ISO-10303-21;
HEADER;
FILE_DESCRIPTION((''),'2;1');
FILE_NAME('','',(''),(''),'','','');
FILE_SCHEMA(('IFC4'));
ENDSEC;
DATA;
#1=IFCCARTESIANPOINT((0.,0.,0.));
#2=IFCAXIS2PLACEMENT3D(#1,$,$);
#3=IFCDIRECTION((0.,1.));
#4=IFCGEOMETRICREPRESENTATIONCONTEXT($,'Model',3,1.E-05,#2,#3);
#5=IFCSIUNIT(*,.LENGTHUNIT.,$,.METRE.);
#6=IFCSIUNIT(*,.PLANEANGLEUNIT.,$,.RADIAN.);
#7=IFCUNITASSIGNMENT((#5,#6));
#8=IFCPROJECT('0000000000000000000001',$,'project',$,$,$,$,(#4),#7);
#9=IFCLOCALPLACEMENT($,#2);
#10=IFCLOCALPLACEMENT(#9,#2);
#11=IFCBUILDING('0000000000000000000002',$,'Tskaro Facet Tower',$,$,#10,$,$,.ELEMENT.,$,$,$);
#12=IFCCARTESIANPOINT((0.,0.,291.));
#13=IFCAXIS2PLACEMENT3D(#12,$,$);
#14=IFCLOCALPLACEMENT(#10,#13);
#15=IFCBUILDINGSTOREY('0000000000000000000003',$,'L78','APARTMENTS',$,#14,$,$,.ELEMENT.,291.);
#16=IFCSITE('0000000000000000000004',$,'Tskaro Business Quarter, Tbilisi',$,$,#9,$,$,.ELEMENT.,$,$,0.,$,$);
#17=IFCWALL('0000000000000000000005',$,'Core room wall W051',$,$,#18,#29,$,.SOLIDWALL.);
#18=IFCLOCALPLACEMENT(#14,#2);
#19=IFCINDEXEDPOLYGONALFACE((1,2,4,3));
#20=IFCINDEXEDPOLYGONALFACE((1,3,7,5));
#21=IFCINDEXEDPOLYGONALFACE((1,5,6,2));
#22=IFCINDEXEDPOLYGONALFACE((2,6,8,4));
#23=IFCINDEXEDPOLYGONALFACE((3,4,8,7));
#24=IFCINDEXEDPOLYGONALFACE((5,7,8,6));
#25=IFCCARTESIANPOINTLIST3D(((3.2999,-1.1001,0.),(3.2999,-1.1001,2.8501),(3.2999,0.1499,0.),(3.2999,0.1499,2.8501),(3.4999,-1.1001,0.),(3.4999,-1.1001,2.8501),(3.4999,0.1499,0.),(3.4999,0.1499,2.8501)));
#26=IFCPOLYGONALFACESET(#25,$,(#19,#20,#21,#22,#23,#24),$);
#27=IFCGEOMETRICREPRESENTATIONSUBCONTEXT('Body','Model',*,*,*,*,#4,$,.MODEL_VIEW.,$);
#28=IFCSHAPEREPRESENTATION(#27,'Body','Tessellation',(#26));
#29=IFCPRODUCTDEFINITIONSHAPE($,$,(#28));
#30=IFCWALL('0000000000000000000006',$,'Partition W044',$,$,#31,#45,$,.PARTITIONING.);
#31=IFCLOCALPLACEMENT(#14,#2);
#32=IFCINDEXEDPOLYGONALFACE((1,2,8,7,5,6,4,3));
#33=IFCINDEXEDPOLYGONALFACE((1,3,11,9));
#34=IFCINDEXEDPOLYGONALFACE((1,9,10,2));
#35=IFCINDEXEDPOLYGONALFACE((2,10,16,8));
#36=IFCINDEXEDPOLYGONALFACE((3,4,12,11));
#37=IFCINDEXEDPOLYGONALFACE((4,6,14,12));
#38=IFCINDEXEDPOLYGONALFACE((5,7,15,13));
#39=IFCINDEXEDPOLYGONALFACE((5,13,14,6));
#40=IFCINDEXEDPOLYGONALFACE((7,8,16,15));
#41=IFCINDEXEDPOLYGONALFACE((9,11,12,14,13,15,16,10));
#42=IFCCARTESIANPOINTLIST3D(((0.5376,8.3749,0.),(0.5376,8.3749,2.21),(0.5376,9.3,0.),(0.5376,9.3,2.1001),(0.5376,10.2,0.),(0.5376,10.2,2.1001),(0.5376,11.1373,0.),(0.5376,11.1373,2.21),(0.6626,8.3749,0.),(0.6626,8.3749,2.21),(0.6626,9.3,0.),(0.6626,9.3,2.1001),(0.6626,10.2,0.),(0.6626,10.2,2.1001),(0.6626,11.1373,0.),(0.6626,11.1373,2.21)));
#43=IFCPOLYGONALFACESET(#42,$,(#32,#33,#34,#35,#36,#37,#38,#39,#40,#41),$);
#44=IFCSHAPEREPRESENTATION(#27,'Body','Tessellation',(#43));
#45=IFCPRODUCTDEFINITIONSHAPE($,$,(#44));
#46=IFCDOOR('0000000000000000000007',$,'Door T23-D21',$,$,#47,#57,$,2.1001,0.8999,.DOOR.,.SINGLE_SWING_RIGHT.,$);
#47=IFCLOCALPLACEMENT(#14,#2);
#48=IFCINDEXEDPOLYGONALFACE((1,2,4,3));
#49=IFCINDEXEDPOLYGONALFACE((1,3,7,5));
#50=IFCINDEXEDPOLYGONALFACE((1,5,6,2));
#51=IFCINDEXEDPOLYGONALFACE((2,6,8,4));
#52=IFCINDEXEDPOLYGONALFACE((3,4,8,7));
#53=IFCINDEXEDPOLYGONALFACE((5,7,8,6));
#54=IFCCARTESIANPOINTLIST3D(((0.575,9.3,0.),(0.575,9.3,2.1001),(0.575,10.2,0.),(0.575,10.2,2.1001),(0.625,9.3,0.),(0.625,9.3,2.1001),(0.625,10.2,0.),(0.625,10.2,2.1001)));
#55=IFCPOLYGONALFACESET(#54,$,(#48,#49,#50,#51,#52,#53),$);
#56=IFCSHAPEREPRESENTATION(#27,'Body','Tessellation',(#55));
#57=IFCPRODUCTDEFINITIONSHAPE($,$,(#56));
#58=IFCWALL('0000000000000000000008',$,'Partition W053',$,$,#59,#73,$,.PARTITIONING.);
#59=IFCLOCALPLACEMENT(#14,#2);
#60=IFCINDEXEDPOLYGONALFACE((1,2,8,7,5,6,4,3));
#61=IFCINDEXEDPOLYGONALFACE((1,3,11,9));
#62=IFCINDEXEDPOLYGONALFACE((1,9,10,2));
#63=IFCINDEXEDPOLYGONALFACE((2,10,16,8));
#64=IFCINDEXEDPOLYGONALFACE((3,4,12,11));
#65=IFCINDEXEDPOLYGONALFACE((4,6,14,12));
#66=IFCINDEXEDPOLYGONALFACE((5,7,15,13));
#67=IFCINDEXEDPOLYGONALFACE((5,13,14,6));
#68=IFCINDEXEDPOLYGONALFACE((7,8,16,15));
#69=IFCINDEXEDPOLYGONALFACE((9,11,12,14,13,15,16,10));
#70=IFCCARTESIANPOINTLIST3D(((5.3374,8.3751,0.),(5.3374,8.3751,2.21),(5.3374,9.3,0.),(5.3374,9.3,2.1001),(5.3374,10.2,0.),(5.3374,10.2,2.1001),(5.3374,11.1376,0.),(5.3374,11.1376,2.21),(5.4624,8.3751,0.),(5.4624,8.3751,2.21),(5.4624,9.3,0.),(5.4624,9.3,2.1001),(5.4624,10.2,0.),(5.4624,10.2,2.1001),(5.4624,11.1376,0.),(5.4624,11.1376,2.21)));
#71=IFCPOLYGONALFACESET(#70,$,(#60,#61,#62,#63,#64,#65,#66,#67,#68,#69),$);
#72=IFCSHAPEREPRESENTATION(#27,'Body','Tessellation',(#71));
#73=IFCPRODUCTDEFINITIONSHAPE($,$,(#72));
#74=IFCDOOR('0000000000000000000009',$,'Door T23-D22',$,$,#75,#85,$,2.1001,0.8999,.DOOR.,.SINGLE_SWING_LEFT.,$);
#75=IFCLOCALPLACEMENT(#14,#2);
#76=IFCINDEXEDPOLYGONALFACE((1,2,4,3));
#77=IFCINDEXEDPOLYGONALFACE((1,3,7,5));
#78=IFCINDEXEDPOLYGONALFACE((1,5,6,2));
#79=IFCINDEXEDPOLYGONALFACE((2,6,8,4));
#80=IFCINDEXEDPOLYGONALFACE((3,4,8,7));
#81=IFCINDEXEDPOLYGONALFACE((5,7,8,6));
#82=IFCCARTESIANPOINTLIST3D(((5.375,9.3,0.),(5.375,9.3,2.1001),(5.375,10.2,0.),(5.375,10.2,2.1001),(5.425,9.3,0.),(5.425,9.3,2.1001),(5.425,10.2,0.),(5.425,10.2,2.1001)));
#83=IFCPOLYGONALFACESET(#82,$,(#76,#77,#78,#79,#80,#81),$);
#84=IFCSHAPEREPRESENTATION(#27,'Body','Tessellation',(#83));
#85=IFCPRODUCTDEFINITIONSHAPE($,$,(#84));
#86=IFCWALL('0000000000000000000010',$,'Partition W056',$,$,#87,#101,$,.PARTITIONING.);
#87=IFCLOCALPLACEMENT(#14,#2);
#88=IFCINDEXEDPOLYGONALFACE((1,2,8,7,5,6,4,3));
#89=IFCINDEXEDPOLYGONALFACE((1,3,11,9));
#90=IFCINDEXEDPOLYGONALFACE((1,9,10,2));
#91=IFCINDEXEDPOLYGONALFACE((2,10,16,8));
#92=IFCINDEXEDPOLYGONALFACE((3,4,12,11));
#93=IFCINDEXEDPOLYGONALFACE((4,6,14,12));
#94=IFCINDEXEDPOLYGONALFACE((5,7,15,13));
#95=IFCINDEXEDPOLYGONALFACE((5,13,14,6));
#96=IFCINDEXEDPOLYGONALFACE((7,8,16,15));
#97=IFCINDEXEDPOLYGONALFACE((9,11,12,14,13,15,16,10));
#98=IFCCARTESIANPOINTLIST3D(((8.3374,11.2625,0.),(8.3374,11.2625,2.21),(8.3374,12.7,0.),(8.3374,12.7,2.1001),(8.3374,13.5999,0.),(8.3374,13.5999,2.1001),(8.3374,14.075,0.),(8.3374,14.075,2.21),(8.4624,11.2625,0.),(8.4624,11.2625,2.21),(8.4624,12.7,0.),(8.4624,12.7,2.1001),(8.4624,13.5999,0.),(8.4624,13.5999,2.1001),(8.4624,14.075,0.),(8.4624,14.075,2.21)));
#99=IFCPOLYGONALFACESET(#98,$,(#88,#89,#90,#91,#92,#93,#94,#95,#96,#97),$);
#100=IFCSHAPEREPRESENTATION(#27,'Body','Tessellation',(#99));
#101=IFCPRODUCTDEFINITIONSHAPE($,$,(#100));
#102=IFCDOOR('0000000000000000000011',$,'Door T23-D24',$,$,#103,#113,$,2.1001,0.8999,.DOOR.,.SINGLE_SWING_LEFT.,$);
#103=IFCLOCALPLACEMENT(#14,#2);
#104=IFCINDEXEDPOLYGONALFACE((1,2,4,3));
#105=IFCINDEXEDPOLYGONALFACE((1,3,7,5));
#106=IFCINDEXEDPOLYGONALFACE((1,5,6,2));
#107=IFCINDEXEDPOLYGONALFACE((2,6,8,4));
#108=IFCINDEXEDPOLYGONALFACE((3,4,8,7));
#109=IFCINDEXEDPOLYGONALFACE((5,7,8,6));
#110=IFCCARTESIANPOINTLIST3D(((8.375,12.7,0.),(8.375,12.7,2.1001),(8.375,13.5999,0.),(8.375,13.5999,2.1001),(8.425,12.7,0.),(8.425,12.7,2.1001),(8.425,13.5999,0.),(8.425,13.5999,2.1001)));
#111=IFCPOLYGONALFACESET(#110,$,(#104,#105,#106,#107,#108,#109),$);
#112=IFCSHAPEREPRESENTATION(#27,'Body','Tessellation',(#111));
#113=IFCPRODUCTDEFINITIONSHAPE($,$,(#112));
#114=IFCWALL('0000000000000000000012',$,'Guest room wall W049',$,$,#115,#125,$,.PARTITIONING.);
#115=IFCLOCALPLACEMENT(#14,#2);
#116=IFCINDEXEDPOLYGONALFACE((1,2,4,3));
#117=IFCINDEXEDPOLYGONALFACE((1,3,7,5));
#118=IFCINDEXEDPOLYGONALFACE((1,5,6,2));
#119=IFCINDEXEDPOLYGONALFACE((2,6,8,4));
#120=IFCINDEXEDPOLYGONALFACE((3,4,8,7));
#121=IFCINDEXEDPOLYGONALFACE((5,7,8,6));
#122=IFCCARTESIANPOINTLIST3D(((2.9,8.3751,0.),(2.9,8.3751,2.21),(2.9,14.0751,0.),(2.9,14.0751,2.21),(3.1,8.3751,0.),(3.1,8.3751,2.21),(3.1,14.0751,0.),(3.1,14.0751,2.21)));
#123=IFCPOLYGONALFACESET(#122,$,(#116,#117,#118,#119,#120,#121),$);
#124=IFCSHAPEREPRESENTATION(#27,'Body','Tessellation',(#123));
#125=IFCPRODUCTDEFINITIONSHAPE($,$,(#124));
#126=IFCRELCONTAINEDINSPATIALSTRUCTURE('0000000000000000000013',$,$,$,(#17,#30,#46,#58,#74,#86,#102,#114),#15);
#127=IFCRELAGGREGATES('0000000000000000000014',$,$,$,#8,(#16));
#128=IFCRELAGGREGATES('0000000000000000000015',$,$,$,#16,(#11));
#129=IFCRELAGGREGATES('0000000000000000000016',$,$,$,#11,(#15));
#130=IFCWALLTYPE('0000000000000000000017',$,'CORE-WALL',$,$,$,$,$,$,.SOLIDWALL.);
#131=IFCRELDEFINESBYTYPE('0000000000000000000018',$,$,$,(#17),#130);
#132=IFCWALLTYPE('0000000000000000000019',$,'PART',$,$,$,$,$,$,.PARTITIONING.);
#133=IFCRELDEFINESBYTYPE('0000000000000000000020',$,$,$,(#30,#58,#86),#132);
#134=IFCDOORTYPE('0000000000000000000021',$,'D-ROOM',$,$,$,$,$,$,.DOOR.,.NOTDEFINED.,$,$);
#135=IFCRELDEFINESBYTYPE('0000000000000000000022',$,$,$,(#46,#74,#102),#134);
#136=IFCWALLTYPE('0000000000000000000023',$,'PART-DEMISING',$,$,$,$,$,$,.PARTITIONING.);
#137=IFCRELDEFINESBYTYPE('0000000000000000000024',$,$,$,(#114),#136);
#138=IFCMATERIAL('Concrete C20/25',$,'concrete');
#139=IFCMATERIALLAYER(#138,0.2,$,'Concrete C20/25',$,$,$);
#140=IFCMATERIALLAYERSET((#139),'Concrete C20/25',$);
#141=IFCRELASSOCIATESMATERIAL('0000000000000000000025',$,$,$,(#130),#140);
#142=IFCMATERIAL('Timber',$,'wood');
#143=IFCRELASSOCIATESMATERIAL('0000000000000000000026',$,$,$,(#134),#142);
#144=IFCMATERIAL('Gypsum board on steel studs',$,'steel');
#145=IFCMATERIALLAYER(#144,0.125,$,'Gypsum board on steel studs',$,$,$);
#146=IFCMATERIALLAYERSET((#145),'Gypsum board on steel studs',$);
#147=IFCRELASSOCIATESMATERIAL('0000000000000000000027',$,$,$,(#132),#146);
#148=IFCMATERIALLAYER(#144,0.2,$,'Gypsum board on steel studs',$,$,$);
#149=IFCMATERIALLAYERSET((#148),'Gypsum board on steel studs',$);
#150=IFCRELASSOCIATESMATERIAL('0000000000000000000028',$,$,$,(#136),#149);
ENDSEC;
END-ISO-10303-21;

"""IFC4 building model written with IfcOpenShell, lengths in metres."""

from ifc_helpers import new_model, si_unit, direction, frame, frame_2d, origin, place, context, subcontext, project, spatial, rectangle, extrude, material, layer, layer_set, type_object, element, fill, save


model = new_model("IFC4")

# Units and contexts
model_context = context("Model", 3, precision=1e-05, world=origin(), true_north=direction((0.0, 1.0)))
body_context = subcontext(model_context, "Body", "Model", "MODEL_VIEW")
ifc_project = project(units=[si_unit("LENGTHUNIT", "METRE"), si_unit("PLANEANGLEUNIT", "RADIAN")], contexts=[model_context])

# Site, building, storey
site_placement = place(None, origin())
site = spatial("IfcSite", under=ifc_project, at=site_placement, Name="Tskaro Business Quarter, Tbilisi", CompositionType="ELEMENT", RefElevation=0.0)
building_placement = place(site_placement, origin())
building = spatial("IfcBuilding", under=site, at=building_placement, Name="Tskaro Facet Tower", CompositionType="ELEMENT")
storey_placement = place(building_placement, frame((0.0, 0.0, 291.0)))
storey = spatial("IfcBuildingStorey", under=building, at=storey_placement, Name="L78", Description="APARTMENTS", CompositionType="ELEMENT", Elevation=291.0)

# Shared definitions
ifc_material_1 = material(Name="Concrete C20/25", Category="concrete")
ifc_layer_1 = layer(ifc_material_1, 0.2, Name="Concrete C20/25")
ifc_layer_set_1 = layer_set([ifc_layer_1], Name="Concrete C20/25")
wall_type_1 = type_object("IfcWallType", Name="CORE-WALL", PredefinedType="SOLIDWALL", material=ifc_layer_set_1)
ifc_material_2 = material(Name="Timber", Category="wood")
door_type_1 = type_object("IfcDoorType", Name="D-ROOM", OperationType="NOTDEFINED", PredefinedType="DOOR", material=ifc_material_2)

# Wall
for number, where, z_axis, x_axis, name in (
    (1, (3.3999, -1.1001, 0.0), (0.0, 0.0, 1.0), (0.0, 1.0, 0.0), "Core room wall W051"),
):
    element("IfcWall", number, at=place(storey_placement, frame(where, z_axis=z_axis, x_axis=x_axis)), inside=storey, type_object=wall_type_1, Name=name, PredefinedType="SOLIDWALL", context=body_context, shape_type="SweptSolid", body=[
        extrude(rectangle(XDim=1.25, YDim=0.2, at=frame_2d((0.625, 0.0))), origin(), (0.0, 0.0, 1.0), 2.8501),
    ])

# Walls, openings, doors
ifc_material_3 = material(Name="Gypsum board on steel studs", Category="steel")
ifc_layer_2 = layer(ifc_material_3, 0.125, Name="Gypsum board on steel studs")
ifc_layer_set_2 = layer_set([ifc_layer_2], Name="Gypsum board on steel studs")
wall_type_2 = type_object("IfcWallType", Name="PART", PredefinedType="PARTITIONING", material=ifc_layer_set_2)
wall_1_placement = place(storey_placement, frame((0.6001, 11.1375, 0.0), z_axis=(0.0, 0.0, 1.0), x_axis=(0.0, -1.0, 0.0)))
wall_1 = element("IfcWall", 2, at=wall_1_placement, inside=storey, type_object=wall_type_2, Name="Partition W044", PredefinedType="PARTITIONING", context=body_context, shape_type="SweptSolid", body=[
    extrude(rectangle(XDim=2.7625, YDim=0.125, at=frame_2d((1.3813, 0.0))), origin(), (0.0, 0.0, 1.0), 2.21),
])
opening_1_placement = place(wall_1_placement, frame((0.9375, 0.0, 0.0)))
opening_1 = element("IfcOpeningElement", 3, at=opening_1_placement, cuts=wall_1, PredefinedType="OPENING", context=body_context, shape_type="SweptSolid", body=[
    extrude(rectangle(XDim=0.8999, YDim=2.1001, at=frame_2d((0.45, 1.05))), frame((0.0, 0.0725, 0.0), z_axis=(0.0, -1.0, 0.0), x_axis=(1.0, 0.0, 0.0)), (0.0, 0.0, 1.0), 0.145),
])
door_1_placement = place(opening_1_placement, origin())
door_1 = element("IfcDoor", 4, at=door_1_placement, inside=storey, type_object=door_type_1, Name="Door T23-D21", OperationType="SINGLE_SWING_RIGHT", OverallHeight=2.1001, OverallWidth=0.8999, PredefinedType="DOOR", context=body_context, shape_type="SweptSolid", body=[
    extrude(rectangle(XDim=0.8999, YDim=2.1001, at=frame_2d((0.45, 1.05))), frame((0.0, 0.0249, 0.0), z_axis=(0.0, -1.0, 0.0), x_axis=(1.0, 0.0, 0.0)), (0.0, 0.0, 1.0), 0.05),
])
fill(opening_1, door_1)
wall_2_placement = place(storey_placement, frame((5.3999, 8.375, 0.0), z_axis=(0.0, 0.0, 1.0), x_axis=(0.0, 1.0, 0.0)))
wall_2 = element("IfcWall", 5, at=wall_2_placement, inside=storey, type_object=wall_type_2, Name="Partition W053", PredefinedType="PARTITIONING", context=body_context, shape_type="SweptSolid", body=[
    extrude(rectangle(XDim=2.7625, YDim=0.125, at=frame_2d((1.3813, 0.0))), origin(), (0.0, 0.0, 1.0), 2.21),
])
opening_2_placement = place(wall_2_placement, frame((0.925, 0.0, 0.0)))
opening_2 = element("IfcOpeningElement", 6, at=opening_2_placement, cuts=wall_2, PredefinedType="OPENING", context=body_context, shape_type="SweptSolid", body=[
    extrude(rectangle(XDim=0.8999, YDim=2.1001, at=frame_2d((0.45, 1.05))), frame((0.0, 0.0725, 0.0), z_axis=(0.0, -1.0, 0.0), x_axis=(1.0, 0.0, 0.0)), (0.0, 0.0, 1.0), 0.145),
])
door_2_placement = place(opening_2_placement, origin())
door_2 = element("IfcDoor", 7, at=door_2_placement, inside=storey, type_object=door_type_1, Name="Door T23-D22", OperationType="SINGLE_SWING_LEFT", OverallHeight=2.1001, OverallWidth=0.8999, PredefinedType="DOOR", context=body_context, shape_type="SweptSolid", body=[
    extrude(rectangle(XDim=0.8999, YDim=2.1001, at=frame_2d((0.45, 1.05))), frame((0.0, 0.0249, 0.0), z_axis=(0.0, -1.0, 0.0), x_axis=(1.0, 0.0, 0.0)), (0.0, 0.0, 1.0), 0.05),
])
fill(opening_2, door_2)
wall_3_placement = place(storey_placement, frame((8.3999, 11.2625, 0.0), z_axis=(0.0, 0.0, 1.0), x_axis=(0.0, 1.0, 0.0)))
wall_3 = element("IfcWall", 8, at=wall_3_placement, inside=storey, type_object=wall_type_2, Name="Partition W056", PredefinedType="PARTITIONING", context=body_context, shape_type="SweptSolid", body=[
    extrude(rectangle(XDim=2.8125, YDim=0.125, at=frame_2d((1.4062, 0.0))), origin(), (0.0, 0.0, 1.0), 2.21),
])
opening_3_placement = place(wall_3_placement, frame((1.4375, 0.0, 0.0)))
opening_3 = element("IfcOpeningElement", 9, at=opening_3_placement, cuts=wall_3, PredefinedType="OPENING", context=body_context, shape_type="SweptSolid", body=[
    extrude(rectangle(XDim=0.8999, YDim=2.1001, at=frame_2d((0.45, 1.05))), frame((0.0, 0.0725, 0.0), z_axis=(0.0, -1.0, 0.0), x_axis=(1.0, 0.0, 0.0)), (0.0, 0.0, 1.0), 0.145),
])
door_3_placement = place(opening_3_placement, origin())
door_3 = element("IfcDoor", 10, at=door_3_placement, inside=storey, type_object=door_type_1, Name="Door T23-D24", OperationType="SINGLE_SWING_LEFT", OverallHeight=2.1001, OverallWidth=0.8999, PredefinedType="DOOR", context=body_context, shape_type="SweptSolid", body=[
    extrude(rectangle(XDim=0.8999, YDim=2.1001, at=frame_2d((0.45, 1.05))), frame((0.0, 0.0249, 0.0), z_axis=(0.0, -1.0, 0.0), x_axis=(1.0, 0.0, 0.0)), (0.0, 0.0, 1.0), 0.05),
])
fill(opening_3, door_3)

# Wall
ifc_layer_3 = layer(ifc_material_3, 0.2, Name="Gypsum board on steel studs")
ifc_layer_set_3 = layer_set([ifc_layer_3], Name="Gypsum board on steel studs")
wall_type_3 = type_object("IfcWallType", Name="PART-DEMISING", PredefinedType="PARTITIONING", material=ifc_layer_set_3)
wall_4_placement = place(storey_placement, frame((3.0, 8.375, 0.0), z_axis=(0.0, 0.0, 1.0), x_axis=(0.0, 1.0, 0.0)))
element("IfcWall", 11, at=wall_4_placement, inside=storey, type_object=wall_type_3, Name="Guest room wall W049", PredefinedType="PARTITIONING", context=body_context, shape_type="SweptSolid", body=[
    extrude(rectangle(XDim=5.7, YDim=0.2, at=frame_2d((2.8501, 0.0))), origin(), (0.0, 0.0, 1.0), 2.21),
])

save(model, "model.ifc")
